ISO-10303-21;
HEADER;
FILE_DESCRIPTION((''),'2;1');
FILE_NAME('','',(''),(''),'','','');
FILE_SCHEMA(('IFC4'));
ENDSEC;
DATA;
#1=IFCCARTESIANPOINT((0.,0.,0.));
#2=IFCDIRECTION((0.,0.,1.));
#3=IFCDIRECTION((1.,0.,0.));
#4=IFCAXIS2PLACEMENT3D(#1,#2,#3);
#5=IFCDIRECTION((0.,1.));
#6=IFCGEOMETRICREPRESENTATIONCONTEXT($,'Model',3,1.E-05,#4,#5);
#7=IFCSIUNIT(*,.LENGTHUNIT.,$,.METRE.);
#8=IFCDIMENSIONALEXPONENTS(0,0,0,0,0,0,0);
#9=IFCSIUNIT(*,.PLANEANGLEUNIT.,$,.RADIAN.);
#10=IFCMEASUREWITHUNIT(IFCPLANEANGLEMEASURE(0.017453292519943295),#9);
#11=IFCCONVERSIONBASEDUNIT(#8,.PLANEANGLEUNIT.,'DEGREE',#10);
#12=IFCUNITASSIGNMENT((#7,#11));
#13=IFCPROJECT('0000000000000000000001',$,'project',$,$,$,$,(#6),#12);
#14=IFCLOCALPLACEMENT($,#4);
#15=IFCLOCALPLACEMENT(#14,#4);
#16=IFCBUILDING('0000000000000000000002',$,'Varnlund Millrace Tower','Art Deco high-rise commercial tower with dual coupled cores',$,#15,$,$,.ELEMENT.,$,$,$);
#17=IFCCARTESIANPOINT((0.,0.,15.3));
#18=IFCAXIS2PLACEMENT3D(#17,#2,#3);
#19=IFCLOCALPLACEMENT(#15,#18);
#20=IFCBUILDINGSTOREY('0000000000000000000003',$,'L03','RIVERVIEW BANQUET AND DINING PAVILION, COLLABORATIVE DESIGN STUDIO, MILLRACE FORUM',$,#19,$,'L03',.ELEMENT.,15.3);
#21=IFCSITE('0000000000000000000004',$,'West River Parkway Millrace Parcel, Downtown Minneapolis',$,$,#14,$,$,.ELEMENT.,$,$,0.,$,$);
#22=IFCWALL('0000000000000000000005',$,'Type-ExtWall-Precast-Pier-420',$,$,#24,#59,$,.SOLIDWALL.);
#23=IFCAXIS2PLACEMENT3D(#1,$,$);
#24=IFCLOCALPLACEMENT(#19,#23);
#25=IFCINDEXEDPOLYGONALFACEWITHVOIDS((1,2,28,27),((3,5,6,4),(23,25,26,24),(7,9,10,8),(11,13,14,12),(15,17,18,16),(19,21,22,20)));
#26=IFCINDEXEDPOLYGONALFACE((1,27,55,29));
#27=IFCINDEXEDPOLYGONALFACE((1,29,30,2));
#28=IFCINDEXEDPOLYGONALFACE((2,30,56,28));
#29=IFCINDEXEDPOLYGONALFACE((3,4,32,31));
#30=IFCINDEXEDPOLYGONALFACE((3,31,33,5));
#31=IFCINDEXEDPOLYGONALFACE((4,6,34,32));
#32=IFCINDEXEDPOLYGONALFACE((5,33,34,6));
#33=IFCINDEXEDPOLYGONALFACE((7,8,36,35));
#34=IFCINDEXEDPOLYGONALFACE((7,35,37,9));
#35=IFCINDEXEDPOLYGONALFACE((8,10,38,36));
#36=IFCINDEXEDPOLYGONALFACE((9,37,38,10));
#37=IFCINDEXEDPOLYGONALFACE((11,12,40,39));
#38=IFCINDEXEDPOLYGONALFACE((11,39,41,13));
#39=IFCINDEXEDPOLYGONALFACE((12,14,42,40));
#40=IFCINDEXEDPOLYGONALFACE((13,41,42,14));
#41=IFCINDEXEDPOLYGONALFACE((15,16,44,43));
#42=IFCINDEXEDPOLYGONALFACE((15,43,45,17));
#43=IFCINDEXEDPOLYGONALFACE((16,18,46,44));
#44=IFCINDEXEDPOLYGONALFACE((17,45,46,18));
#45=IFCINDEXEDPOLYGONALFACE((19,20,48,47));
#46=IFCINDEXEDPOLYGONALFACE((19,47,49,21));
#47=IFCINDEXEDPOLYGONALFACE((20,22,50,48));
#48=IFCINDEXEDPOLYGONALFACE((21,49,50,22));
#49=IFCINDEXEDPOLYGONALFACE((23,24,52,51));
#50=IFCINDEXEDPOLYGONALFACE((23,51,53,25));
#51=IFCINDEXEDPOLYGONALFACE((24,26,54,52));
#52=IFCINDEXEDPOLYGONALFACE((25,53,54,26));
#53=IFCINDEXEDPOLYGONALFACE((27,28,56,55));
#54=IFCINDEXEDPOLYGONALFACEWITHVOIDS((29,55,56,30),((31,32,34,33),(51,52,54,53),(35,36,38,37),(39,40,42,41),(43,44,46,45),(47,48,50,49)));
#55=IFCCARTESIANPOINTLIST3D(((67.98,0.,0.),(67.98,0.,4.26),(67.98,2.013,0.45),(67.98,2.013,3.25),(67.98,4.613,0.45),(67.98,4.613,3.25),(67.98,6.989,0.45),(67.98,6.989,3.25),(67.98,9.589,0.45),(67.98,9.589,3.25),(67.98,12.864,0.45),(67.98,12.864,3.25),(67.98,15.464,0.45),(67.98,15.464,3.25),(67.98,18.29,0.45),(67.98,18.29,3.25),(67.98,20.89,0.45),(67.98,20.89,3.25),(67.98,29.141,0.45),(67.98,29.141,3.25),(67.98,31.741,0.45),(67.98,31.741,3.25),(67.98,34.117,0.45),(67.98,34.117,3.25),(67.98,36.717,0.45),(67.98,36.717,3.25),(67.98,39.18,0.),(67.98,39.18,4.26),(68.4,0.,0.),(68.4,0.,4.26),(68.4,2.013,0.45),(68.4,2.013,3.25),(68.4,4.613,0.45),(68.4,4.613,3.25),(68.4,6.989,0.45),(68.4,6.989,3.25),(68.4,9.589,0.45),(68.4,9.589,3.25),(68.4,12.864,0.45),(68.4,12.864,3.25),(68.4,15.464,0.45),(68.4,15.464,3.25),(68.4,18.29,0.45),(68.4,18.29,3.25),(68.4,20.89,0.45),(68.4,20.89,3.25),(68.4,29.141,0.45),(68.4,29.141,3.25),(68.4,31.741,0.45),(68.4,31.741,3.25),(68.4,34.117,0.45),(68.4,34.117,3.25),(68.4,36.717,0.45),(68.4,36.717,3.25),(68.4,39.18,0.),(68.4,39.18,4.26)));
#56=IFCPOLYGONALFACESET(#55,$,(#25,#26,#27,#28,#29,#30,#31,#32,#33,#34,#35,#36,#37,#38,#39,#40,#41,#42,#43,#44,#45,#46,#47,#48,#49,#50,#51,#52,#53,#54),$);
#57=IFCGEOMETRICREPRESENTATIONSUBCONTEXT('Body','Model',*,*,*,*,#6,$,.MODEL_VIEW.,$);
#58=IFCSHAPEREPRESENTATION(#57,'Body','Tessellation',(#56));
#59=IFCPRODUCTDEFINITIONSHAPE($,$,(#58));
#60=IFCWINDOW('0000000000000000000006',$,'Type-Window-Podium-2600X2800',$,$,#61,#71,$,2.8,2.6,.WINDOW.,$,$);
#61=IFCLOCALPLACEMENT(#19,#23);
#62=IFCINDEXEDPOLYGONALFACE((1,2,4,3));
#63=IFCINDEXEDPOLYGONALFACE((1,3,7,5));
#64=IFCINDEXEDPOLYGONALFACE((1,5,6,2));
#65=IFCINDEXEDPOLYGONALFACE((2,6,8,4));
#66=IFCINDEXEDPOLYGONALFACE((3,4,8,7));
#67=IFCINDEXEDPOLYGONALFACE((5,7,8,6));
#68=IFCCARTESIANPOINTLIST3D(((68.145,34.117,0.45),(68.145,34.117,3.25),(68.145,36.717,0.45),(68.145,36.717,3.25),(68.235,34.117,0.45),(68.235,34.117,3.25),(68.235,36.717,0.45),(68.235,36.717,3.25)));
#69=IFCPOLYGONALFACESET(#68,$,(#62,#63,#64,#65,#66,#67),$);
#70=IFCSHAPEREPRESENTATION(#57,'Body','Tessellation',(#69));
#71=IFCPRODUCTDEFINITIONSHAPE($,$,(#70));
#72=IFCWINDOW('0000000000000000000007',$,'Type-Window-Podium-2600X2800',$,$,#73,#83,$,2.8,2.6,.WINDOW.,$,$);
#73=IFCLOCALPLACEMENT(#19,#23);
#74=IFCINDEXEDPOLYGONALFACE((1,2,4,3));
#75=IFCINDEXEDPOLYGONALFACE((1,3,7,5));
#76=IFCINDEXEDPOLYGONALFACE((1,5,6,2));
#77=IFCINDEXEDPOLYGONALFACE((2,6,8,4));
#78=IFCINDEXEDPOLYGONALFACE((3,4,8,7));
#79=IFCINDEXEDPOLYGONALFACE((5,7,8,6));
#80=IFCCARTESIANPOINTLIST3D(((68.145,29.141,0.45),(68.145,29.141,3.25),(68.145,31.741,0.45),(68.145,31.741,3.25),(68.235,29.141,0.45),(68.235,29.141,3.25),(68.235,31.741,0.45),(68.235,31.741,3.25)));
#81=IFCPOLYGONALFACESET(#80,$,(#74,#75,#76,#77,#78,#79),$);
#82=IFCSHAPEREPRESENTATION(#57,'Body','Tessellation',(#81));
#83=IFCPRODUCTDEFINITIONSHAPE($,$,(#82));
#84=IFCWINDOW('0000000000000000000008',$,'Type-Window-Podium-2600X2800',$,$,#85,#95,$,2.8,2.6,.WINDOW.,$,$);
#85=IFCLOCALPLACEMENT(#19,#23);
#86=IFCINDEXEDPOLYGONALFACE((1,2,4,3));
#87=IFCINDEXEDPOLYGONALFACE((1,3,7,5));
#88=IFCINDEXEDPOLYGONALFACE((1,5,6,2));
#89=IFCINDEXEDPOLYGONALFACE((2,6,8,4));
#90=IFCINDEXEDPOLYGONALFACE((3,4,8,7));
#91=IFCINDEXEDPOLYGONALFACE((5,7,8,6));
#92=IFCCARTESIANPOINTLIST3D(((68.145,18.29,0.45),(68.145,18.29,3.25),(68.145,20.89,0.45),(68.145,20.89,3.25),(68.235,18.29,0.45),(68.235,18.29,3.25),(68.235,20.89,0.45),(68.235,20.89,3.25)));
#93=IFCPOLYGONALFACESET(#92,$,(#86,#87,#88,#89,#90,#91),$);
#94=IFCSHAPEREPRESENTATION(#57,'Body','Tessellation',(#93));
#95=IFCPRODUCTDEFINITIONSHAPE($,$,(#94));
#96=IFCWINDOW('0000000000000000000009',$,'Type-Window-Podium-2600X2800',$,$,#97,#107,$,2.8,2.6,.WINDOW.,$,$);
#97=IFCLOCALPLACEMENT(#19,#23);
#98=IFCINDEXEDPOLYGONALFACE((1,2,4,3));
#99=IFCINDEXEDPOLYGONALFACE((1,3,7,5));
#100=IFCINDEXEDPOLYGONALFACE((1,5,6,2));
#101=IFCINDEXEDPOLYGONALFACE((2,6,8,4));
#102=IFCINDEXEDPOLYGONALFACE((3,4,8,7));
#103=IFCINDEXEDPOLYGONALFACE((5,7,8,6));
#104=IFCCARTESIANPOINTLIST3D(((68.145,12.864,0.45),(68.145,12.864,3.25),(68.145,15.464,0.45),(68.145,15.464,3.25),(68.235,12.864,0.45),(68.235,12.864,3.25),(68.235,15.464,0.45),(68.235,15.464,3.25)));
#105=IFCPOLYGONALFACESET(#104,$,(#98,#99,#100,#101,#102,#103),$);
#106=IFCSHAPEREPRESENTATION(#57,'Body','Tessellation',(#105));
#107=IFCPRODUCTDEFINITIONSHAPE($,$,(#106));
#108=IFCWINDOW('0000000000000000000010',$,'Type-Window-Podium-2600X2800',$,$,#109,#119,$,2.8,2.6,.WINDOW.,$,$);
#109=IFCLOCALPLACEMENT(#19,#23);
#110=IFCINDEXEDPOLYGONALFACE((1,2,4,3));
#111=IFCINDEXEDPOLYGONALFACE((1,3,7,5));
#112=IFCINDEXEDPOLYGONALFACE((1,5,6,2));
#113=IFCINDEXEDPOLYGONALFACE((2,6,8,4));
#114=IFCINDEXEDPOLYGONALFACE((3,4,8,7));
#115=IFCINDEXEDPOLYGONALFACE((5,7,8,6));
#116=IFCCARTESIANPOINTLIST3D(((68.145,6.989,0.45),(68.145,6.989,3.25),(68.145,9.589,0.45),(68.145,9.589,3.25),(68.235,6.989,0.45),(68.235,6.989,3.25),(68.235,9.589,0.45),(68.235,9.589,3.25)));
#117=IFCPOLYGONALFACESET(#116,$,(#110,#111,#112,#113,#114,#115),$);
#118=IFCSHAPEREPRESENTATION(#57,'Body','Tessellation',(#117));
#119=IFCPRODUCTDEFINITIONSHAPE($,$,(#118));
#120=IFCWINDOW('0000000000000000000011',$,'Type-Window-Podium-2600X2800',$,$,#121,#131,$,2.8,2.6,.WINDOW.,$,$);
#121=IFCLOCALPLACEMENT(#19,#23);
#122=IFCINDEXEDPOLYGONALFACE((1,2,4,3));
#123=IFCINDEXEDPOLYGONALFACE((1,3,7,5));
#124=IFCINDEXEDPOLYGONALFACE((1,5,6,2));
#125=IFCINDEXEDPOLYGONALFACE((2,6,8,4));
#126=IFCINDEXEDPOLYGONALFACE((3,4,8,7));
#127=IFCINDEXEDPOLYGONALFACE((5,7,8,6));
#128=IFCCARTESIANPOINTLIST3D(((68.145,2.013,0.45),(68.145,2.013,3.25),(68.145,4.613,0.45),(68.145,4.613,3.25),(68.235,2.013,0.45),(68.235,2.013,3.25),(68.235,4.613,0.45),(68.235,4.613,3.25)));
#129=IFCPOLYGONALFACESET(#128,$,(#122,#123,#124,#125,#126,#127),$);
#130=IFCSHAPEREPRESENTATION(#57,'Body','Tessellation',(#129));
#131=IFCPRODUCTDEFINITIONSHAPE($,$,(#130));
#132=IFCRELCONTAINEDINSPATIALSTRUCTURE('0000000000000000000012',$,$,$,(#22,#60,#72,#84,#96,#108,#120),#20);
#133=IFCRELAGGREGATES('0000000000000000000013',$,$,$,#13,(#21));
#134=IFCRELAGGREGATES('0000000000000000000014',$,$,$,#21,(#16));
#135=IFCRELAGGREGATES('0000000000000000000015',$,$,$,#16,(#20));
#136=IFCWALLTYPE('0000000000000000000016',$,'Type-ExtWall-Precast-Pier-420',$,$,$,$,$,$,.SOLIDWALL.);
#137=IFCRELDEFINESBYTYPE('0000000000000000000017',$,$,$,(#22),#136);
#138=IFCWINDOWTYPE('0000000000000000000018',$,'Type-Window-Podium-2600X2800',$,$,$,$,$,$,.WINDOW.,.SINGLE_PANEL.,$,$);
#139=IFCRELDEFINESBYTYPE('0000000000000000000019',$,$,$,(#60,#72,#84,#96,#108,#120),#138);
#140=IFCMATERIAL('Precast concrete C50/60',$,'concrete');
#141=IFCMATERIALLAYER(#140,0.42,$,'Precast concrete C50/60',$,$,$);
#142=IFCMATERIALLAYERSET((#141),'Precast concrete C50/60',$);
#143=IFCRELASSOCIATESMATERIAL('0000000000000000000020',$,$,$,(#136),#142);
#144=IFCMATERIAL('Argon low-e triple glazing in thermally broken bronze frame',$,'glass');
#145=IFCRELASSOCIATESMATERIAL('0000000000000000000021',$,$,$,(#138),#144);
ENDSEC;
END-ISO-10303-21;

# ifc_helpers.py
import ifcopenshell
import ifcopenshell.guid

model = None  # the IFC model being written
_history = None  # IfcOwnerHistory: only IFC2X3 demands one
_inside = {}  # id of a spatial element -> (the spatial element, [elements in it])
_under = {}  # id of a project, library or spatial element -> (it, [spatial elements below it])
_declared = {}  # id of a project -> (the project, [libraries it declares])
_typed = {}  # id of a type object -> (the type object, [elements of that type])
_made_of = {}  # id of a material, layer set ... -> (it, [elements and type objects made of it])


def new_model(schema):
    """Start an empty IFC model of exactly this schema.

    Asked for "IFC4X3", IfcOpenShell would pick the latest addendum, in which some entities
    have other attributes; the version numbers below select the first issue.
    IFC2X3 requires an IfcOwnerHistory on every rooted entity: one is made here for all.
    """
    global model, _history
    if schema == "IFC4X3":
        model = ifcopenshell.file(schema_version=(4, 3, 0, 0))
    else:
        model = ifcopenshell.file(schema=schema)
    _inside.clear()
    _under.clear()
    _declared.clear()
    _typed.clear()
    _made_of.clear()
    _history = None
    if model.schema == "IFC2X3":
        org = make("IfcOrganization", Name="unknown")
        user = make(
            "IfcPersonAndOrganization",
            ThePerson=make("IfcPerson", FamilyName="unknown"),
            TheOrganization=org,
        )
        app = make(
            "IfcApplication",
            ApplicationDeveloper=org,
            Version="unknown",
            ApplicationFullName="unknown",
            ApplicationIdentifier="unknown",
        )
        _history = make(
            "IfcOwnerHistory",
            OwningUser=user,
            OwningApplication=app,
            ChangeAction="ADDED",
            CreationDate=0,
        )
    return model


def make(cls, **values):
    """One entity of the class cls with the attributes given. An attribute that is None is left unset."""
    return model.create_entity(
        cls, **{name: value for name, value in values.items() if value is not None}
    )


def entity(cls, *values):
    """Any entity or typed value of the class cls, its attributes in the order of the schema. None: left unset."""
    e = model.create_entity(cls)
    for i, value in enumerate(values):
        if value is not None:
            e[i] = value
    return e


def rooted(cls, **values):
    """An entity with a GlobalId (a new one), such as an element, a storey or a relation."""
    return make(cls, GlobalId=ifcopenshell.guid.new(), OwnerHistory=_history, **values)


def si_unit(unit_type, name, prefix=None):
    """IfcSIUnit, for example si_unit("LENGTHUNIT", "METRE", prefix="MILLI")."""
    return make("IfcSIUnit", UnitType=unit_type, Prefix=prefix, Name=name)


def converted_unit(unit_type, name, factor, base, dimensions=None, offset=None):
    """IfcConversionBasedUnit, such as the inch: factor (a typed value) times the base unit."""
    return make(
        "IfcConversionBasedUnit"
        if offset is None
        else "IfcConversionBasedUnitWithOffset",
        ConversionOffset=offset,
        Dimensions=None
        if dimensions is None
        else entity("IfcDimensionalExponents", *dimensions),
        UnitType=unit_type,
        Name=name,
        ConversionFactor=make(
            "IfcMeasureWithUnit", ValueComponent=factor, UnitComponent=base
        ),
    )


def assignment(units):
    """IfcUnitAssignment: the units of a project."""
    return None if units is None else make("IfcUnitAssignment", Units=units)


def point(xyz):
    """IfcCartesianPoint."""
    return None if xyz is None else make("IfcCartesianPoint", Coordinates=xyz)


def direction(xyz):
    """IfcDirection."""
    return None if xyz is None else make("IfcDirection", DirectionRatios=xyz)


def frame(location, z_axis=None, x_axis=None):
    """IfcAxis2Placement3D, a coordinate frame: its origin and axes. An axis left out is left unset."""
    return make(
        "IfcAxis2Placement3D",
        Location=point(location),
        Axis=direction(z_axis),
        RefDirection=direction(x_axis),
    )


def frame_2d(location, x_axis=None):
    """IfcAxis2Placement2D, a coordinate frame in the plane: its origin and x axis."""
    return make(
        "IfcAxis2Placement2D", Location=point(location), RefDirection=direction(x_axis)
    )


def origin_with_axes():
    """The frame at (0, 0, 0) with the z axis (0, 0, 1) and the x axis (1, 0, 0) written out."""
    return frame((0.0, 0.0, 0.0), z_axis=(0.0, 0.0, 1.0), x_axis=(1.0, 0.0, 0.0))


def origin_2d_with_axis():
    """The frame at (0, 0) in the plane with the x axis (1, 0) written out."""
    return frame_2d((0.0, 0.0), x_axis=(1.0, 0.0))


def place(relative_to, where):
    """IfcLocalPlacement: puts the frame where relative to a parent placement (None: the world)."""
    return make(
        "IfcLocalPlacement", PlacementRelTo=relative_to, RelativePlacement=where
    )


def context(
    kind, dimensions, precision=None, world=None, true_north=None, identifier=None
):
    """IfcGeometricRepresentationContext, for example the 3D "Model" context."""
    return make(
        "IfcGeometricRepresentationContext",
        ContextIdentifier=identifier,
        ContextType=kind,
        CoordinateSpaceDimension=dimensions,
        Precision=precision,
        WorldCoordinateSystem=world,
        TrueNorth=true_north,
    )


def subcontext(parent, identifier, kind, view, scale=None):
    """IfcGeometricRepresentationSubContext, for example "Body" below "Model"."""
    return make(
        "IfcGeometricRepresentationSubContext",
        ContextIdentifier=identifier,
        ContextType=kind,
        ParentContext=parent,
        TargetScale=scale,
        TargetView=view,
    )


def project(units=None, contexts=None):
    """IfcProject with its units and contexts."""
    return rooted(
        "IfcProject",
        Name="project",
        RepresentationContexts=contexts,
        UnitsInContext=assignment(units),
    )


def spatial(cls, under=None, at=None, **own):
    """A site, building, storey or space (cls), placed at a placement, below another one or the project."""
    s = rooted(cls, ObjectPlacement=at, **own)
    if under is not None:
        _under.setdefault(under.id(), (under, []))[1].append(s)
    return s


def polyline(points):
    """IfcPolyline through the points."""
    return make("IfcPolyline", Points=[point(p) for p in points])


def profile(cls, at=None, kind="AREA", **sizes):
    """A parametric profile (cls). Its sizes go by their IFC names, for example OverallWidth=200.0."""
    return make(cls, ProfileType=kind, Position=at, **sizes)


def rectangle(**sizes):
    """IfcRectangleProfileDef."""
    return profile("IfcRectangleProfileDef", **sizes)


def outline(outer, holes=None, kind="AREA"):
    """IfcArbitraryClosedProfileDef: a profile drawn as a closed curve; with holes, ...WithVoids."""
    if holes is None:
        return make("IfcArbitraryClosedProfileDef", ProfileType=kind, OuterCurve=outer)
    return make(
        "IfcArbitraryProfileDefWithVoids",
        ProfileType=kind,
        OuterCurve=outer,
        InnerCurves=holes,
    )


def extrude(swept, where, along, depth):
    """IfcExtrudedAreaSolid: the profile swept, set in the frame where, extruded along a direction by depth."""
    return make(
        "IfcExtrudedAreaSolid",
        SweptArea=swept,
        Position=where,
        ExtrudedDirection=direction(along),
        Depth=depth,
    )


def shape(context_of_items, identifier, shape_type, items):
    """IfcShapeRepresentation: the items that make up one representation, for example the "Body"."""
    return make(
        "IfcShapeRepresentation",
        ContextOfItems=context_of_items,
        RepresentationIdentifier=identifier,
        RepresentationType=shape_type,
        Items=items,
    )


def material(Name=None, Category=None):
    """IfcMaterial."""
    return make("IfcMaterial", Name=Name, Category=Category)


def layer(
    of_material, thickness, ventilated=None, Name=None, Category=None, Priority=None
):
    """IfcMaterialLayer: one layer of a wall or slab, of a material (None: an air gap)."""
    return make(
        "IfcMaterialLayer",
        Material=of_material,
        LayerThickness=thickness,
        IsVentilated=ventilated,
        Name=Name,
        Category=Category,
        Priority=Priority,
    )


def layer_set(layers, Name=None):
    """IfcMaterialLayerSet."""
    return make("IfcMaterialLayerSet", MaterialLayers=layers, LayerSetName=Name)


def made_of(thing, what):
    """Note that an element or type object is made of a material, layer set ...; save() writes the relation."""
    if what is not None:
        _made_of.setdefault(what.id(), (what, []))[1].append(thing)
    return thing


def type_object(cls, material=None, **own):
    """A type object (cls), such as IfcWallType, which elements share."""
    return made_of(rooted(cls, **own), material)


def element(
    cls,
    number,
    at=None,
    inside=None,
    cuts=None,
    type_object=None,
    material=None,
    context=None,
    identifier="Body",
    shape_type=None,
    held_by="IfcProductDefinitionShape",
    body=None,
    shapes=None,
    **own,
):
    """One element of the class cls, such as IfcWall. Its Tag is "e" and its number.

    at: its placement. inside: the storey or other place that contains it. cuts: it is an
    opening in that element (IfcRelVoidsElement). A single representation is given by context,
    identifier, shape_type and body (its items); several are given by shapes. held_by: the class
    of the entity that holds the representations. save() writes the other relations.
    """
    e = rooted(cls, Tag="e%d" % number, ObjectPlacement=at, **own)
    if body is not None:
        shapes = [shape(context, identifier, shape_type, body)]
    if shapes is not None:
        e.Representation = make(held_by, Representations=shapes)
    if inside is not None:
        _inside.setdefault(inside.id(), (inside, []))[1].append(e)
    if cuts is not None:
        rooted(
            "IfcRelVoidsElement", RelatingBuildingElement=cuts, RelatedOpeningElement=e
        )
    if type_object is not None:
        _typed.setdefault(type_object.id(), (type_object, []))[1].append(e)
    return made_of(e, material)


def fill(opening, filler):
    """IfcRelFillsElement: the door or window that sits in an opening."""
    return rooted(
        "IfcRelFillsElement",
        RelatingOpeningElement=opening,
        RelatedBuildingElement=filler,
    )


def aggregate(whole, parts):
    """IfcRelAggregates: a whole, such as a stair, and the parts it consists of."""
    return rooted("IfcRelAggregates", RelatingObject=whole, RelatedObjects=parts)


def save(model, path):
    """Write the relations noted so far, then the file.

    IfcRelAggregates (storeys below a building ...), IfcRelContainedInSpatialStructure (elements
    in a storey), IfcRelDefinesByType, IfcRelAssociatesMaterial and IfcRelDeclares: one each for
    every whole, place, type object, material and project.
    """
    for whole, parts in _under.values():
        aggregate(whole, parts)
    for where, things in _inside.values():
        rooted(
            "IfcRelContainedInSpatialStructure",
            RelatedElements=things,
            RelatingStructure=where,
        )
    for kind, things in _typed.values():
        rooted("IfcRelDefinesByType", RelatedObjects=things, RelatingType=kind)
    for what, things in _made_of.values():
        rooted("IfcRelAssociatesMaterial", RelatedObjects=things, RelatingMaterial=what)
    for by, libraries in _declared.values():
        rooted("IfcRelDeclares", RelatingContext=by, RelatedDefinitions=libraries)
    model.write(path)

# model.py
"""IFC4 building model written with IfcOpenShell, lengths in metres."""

from ifc_helpers import new_model, entity, si_unit, converted_unit, direction, frame, origin_with_axes, origin_2d_with_axis, place, context, subcontext, project, spatial, polyline, rectangle, outline, extrude, material, layer, layer_set, type_object, element, fill, save


model = new_model("IFC4")

# Units and contexts
model_context = context("Model", 3, precision=1e-05, world=origin_with_axes(), true_north=direction((0.0, 1.0)))
body_context = subcontext(model_context, "Body", "Model", "MODEL_VIEW")
ifc_project = project(units=[si_unit("LENGTHUNIT", "METRE"), converted_unit("PLANEANGLEUNIT", "DEGREE", entity("IfcPlaneAngleMeasure", 0.017453292519943295), si_unit("PLANEANGLEUNIT", "RADIAN"), dimensions=[0, 0, 0, 0, 0, 0, 0])], contexts=[model_context])

# Site, building, storey
site_placement = place(None, origin_with_axes())
site = spatial("IfcSite", under=ifc_project, at=site_placement, Name="West River Parkway Millrace Parcel, Downtown Minneapolis", CompositionType="ELEMENT", RefElevation=0.0)
building_placement = place(site_placement, origin_with_axes())
building = spatial("IfcBuilding", under=site, at=building_placement, Name="Varnlund Millrace Tower", Description="Art Deco high-rise commercial tower with dual coupled cores", CompositionType="ELEMENT")
storey_placement = place(building_placement, frame((0.0, 0.0, 15.3), z_axis=(0.0, 0.0, 1.0), x_axis=(1.0, 0.0, 0.0)))
storey = spatial("IfcBuildingStorey", under=building, at=storey_placement, Name="L03", Description="RIVERVIEW BANQUET AND DINING PAVILION, COLLABORATIVE DESIGN STUDIO, MILLRACE FORUM", LongName="L03", CompositionType="ELEMENT", Elevation=15.3)

# Wall, openings, windows
ifc_material_1 = material(Name="Precast concrete C50/60", Category="concrete")
ifc_layer_1 = layer(ifc_material_1, 0.42, Name="Precast concrete C50/60")
ifc_layer_set_1 = layer_set([ifc_layer_1], Name="Precast concrete C50/60")
wall_type = type_object("IfcWallType", Name="Type-ExtWall-Precast-Pier-420", PredefinedType="SOLIDWALL", material=ifc_layer_set_1)
wall_placement = place(storey_placement, frame((68.19, 39.18, 0.0), z_axis=(0.0, 0.0, 1.0), x_axis=(0.0, -1.0, 0.0)))
wall = element("IfcWall", 1, at=wall_placement, inside=storey, type_object=wall_type, Name="Type-ExtWall-Precast-Pier-420", PredefinedType="SOLIDWALL", context=body_context, shape_type="SweptSolid", body=[
    extrude(outline(polyline([(0.0, -0.21), (39.18, -0.21), (39.18, 0.21), (0.0, 0.21), (0.0, -0.21)])), origin_with_axes(), (0.0, 0.0, 1.0), 4.26),
])
opening_1_placement = place(wall_placement, frame((3.763, 0.0, 0.45), z_axis=(0.0, 0.0, 1.0), x_axis=(1.0, 0.0, 0.0)))
opening_1 = element("IfcOpeningElement", 2, at=opening_1_placement, cuts=wall, PredefinedType="OPENING", context=body_context, shape_type="SweptSolid", body=[
    extrude(rectangle(XDim=2.6, YDim=0.44, at=origin_2d_with_axis()), origin_with_axes(), (0.0, 0.0, 1.0), 2.8),
])
opening_2_placement = place(wall_placement, frame((8.739, 0.0, 0.45), z_axis=(0.0, 0.0, 1.0), x_axis=(1.0, 0.0, 0.0)))
opening_2 = element("IfcOpeningElement", 3, at=opening_2_placement, cuts=wall, PredefinedType="OPENING", context=body_context, shape_type="SweptSolid", body=[
    extrude(rectangle(XDim=2.6, YDim=0.44, at=origin_2d_with_axis()), origin_with_axes(), (0.0, 0.0, 1.0), 2.8),
])
opening_3_placement = place(wall_placement, frame((19.59, 0.0, 0.45), z_axis=(0.0, 0.0, 1.0), x_axis=(1.0, 0.0, 0.0)))
opening_3 = element("IfcOpeningElement", 4, at=opening_3_placement, cuts=wall, PredefinedType="OPENING", context=body_context, shape_type="SweptSolid", body=[
    extrude(rectangle(XDim=2.6, YDim=0.44, at=origin_2d_with_axis()), origin_with_axes(), (0.0, 0.0, 1.0), 2.8),
])
opening_4_placement = place(wall_placement, frame((25.016, 0.0, 0.45), z_axis=(0.0, 0.0, 1.0), x_axis=(1.0, 0.0, 0.0)))
opening_4 = element("IfcOpeningElement", 5, at=opening_4_placement, cuts=wall, PredefinedType="OPENING", context=body_context, shape_type="SweptSolid", body=[
    extrude(rectangle(XDim=2.6, YDim=0.44, at=origin_2d_with_axis()), origin_with_axes(), (0.0, 0.0, 1.0), 2.8),
])
opening_5_placement = place(wall_placement, frame((30.891, 0.0, 0.45), z_axis=(0.0, 0.0, 1.0), x_axis=(1.0, 0.0, 0.0)))
opening_5 = element("IfcOpeningElement", 6, at=opening_5_placement, cuts=wall, PredefinedType="OPENING", context=body_context, shape_type="SweptSolid", body=[
    extrude(rectangle(XDim=2.6, YDim=0.44, at=origin_2d_with_axis()), origin_with_axes(), (0.0, 0.0, 1.0), 2.8),
])
opening_6_placement = place(wall_placement, frame((35.867, 0.0, 0.45), z_axis=(0.0, 0.0, 1.0), x_axis=(1.0, 0.0, 0.0)))
opening_6 = element("IfcOpeningElement", 7, at=opening_6_placement, cuts=wall, PredefinedType="OPENING", context=body_context, shape_type="SweptSolid", body=[
    extrude(rectangle(XDim=2.6, YDim=0.44, at=origin_2d_with_axis()), origin_with_axes(), (0.0, 0.0, 1.0), 2.8),
])
ifc_material_2 = material(Name="Argon low-e triple glazing in thermally broken bronze frame", Category="glass")
window_type = type_object("IfcWindowType", Name="Type-Window-Podium-2600X2800", PartitioningType="SINGLE_PANEL", PredefinedType="WINDOW", material=ifc_material_2)
window_1_placement = place(wall_placement, frame((3.763, 0.0, 0.45), z_axis=(0.0, 0.0, 1.0), x_axis=(1.0, 0.0, 0.0)))
window_1 = element("IfcWindow", 8, at=window_1_placement, inside=storey, type_object=window_type, Name="Type-Window-Podium-2600X2800", OverallHeight=2.8, OverallWidth=2.6, PredefinedType="WINDOW", context=body_context, shape_type="SweptSolid", body=[
    extrude(rectangle(XDim=2.6, YDim=0.09, at=origin_2d_with_axis()), origin_with_axes(), (0.0, 0.0, 1.0), 2.8),
])
fill(opening_1, window_1)
window_2_placement = place(wall_placement, frame((8.739, 0.0, 0.45), z_axis=(0.0, 0.0, 1.0), x_axis=(1.0, 0.0, 0.0)))
window_2 = element("IfcWindow", 9, at=window_2_placement, inside=storey, type_object=window_type, Name="Type-Window-Podium-2600X2800", OverallHeight=2.8, OverallWidth=2.6, PredefinedType="WINDOW", context=body_context, shape_type="SweptSolid", body=[
    extrude(rectangle(XDim=2.6, YDim=0.09, at=origin_2d_with_axis()), origin_with_axes(), (0.0, 0.0, 1.0), 2.8),
])
fill(opening_2, window_2)
window_3_placement = place(wall_placement, frame((19.59, 0.0, 0.45), z_axis=(0.0, 0.0, 1.0), x_axis=(1.0, 0.0, 0.0)))
window_3 = element("IfcWindow", 10, at=window_3_placement, inside=storey, type_object=window_type, Name="Type-Window-Podium-2600X2800", OverallHeight=2.8, OverallWidth=2.6, PredefinedType="WINDOW", context=body_context, shape_type="SweptSolid", body=[
    extrude(rectangle(XDim=2.6, YDim=0.09, at=origin_2d_with_axis()), origin_with_axes(), (0.0, 0.0, 1.0), 2.8),
])
fill(opening_3, window_3)
window_4_placement = place(wall_placement, frame((25.016, 0.0, 0.45), z_axis=(0.0, 0.0, 1.0), x_axis=(1.0, 0.0, 0.0)))
window_4 = element("IfcWindow", 11, at=window_4_placement, inside=storey, type_object=window_type, Name="Type-Window-Podium-2600X2800", OverallHeight=2.8, OverallWidth=2.6, PredefinedType="WINDOW", context=body_context, shape_type="SweptSolid", body=[
    extrude(rectangle(XDim=2.6, YDim=0.09, at=origin_2d_with_axis()), origin_with_axes(), (0.0, 0.0, 1.0), 2.8),
])
fill(opening_4, window_4)
window_5_placement = place(wall_placement, frame((30.891, 0.0, 0.45), z_axis=(0.0, 0.0, 1.0), x_axis=(1.0, 0.0, 0.0)))
window_5 = element("IfcWindow", 12, at=window_5_placement, inside=storey, type_object=window_type, Name="Type-Window-Podium-2600X2800", OverallHeight=2.8, OverallWidth=2.6, PredefinedType="WINDOW", context=body_context, shape_type="SweptSolid", body=[
    extrude(rectangle(XDim=2.6, YDim=0.09, at=origin_2d_with_axis()), origin_with_axes(), (0.0, 0.0, 1.0), 2.8),
])
fill(opening_5, window_5)
window_6_placement = place(wall_placement, frame((35.867, 0.0, 0.45), z_axis=(0.0, 0.0, 1.0), x_axis=(1.0, 0.0, 0.0)))
window_6 = element("IfcWindow", 13, at=window_6_placement, inside=storey, type_object=window_type, Name="Type-Window-Podium-2600X2800", OverallHeight=2.8, OverallWidth=2.6, PredefinedType="WINDOW", context=body_context, shape_type="SweptSolid", body=[
    extrude(rectangle(XDim=2.6, YDim=0.09, at=origin_2d_with_axis()), origin_with_axes(), (0.0, 0.0, 1.0), 2.8),
])
fill(opening_6, window_6)

save(model, "model.ifc")
